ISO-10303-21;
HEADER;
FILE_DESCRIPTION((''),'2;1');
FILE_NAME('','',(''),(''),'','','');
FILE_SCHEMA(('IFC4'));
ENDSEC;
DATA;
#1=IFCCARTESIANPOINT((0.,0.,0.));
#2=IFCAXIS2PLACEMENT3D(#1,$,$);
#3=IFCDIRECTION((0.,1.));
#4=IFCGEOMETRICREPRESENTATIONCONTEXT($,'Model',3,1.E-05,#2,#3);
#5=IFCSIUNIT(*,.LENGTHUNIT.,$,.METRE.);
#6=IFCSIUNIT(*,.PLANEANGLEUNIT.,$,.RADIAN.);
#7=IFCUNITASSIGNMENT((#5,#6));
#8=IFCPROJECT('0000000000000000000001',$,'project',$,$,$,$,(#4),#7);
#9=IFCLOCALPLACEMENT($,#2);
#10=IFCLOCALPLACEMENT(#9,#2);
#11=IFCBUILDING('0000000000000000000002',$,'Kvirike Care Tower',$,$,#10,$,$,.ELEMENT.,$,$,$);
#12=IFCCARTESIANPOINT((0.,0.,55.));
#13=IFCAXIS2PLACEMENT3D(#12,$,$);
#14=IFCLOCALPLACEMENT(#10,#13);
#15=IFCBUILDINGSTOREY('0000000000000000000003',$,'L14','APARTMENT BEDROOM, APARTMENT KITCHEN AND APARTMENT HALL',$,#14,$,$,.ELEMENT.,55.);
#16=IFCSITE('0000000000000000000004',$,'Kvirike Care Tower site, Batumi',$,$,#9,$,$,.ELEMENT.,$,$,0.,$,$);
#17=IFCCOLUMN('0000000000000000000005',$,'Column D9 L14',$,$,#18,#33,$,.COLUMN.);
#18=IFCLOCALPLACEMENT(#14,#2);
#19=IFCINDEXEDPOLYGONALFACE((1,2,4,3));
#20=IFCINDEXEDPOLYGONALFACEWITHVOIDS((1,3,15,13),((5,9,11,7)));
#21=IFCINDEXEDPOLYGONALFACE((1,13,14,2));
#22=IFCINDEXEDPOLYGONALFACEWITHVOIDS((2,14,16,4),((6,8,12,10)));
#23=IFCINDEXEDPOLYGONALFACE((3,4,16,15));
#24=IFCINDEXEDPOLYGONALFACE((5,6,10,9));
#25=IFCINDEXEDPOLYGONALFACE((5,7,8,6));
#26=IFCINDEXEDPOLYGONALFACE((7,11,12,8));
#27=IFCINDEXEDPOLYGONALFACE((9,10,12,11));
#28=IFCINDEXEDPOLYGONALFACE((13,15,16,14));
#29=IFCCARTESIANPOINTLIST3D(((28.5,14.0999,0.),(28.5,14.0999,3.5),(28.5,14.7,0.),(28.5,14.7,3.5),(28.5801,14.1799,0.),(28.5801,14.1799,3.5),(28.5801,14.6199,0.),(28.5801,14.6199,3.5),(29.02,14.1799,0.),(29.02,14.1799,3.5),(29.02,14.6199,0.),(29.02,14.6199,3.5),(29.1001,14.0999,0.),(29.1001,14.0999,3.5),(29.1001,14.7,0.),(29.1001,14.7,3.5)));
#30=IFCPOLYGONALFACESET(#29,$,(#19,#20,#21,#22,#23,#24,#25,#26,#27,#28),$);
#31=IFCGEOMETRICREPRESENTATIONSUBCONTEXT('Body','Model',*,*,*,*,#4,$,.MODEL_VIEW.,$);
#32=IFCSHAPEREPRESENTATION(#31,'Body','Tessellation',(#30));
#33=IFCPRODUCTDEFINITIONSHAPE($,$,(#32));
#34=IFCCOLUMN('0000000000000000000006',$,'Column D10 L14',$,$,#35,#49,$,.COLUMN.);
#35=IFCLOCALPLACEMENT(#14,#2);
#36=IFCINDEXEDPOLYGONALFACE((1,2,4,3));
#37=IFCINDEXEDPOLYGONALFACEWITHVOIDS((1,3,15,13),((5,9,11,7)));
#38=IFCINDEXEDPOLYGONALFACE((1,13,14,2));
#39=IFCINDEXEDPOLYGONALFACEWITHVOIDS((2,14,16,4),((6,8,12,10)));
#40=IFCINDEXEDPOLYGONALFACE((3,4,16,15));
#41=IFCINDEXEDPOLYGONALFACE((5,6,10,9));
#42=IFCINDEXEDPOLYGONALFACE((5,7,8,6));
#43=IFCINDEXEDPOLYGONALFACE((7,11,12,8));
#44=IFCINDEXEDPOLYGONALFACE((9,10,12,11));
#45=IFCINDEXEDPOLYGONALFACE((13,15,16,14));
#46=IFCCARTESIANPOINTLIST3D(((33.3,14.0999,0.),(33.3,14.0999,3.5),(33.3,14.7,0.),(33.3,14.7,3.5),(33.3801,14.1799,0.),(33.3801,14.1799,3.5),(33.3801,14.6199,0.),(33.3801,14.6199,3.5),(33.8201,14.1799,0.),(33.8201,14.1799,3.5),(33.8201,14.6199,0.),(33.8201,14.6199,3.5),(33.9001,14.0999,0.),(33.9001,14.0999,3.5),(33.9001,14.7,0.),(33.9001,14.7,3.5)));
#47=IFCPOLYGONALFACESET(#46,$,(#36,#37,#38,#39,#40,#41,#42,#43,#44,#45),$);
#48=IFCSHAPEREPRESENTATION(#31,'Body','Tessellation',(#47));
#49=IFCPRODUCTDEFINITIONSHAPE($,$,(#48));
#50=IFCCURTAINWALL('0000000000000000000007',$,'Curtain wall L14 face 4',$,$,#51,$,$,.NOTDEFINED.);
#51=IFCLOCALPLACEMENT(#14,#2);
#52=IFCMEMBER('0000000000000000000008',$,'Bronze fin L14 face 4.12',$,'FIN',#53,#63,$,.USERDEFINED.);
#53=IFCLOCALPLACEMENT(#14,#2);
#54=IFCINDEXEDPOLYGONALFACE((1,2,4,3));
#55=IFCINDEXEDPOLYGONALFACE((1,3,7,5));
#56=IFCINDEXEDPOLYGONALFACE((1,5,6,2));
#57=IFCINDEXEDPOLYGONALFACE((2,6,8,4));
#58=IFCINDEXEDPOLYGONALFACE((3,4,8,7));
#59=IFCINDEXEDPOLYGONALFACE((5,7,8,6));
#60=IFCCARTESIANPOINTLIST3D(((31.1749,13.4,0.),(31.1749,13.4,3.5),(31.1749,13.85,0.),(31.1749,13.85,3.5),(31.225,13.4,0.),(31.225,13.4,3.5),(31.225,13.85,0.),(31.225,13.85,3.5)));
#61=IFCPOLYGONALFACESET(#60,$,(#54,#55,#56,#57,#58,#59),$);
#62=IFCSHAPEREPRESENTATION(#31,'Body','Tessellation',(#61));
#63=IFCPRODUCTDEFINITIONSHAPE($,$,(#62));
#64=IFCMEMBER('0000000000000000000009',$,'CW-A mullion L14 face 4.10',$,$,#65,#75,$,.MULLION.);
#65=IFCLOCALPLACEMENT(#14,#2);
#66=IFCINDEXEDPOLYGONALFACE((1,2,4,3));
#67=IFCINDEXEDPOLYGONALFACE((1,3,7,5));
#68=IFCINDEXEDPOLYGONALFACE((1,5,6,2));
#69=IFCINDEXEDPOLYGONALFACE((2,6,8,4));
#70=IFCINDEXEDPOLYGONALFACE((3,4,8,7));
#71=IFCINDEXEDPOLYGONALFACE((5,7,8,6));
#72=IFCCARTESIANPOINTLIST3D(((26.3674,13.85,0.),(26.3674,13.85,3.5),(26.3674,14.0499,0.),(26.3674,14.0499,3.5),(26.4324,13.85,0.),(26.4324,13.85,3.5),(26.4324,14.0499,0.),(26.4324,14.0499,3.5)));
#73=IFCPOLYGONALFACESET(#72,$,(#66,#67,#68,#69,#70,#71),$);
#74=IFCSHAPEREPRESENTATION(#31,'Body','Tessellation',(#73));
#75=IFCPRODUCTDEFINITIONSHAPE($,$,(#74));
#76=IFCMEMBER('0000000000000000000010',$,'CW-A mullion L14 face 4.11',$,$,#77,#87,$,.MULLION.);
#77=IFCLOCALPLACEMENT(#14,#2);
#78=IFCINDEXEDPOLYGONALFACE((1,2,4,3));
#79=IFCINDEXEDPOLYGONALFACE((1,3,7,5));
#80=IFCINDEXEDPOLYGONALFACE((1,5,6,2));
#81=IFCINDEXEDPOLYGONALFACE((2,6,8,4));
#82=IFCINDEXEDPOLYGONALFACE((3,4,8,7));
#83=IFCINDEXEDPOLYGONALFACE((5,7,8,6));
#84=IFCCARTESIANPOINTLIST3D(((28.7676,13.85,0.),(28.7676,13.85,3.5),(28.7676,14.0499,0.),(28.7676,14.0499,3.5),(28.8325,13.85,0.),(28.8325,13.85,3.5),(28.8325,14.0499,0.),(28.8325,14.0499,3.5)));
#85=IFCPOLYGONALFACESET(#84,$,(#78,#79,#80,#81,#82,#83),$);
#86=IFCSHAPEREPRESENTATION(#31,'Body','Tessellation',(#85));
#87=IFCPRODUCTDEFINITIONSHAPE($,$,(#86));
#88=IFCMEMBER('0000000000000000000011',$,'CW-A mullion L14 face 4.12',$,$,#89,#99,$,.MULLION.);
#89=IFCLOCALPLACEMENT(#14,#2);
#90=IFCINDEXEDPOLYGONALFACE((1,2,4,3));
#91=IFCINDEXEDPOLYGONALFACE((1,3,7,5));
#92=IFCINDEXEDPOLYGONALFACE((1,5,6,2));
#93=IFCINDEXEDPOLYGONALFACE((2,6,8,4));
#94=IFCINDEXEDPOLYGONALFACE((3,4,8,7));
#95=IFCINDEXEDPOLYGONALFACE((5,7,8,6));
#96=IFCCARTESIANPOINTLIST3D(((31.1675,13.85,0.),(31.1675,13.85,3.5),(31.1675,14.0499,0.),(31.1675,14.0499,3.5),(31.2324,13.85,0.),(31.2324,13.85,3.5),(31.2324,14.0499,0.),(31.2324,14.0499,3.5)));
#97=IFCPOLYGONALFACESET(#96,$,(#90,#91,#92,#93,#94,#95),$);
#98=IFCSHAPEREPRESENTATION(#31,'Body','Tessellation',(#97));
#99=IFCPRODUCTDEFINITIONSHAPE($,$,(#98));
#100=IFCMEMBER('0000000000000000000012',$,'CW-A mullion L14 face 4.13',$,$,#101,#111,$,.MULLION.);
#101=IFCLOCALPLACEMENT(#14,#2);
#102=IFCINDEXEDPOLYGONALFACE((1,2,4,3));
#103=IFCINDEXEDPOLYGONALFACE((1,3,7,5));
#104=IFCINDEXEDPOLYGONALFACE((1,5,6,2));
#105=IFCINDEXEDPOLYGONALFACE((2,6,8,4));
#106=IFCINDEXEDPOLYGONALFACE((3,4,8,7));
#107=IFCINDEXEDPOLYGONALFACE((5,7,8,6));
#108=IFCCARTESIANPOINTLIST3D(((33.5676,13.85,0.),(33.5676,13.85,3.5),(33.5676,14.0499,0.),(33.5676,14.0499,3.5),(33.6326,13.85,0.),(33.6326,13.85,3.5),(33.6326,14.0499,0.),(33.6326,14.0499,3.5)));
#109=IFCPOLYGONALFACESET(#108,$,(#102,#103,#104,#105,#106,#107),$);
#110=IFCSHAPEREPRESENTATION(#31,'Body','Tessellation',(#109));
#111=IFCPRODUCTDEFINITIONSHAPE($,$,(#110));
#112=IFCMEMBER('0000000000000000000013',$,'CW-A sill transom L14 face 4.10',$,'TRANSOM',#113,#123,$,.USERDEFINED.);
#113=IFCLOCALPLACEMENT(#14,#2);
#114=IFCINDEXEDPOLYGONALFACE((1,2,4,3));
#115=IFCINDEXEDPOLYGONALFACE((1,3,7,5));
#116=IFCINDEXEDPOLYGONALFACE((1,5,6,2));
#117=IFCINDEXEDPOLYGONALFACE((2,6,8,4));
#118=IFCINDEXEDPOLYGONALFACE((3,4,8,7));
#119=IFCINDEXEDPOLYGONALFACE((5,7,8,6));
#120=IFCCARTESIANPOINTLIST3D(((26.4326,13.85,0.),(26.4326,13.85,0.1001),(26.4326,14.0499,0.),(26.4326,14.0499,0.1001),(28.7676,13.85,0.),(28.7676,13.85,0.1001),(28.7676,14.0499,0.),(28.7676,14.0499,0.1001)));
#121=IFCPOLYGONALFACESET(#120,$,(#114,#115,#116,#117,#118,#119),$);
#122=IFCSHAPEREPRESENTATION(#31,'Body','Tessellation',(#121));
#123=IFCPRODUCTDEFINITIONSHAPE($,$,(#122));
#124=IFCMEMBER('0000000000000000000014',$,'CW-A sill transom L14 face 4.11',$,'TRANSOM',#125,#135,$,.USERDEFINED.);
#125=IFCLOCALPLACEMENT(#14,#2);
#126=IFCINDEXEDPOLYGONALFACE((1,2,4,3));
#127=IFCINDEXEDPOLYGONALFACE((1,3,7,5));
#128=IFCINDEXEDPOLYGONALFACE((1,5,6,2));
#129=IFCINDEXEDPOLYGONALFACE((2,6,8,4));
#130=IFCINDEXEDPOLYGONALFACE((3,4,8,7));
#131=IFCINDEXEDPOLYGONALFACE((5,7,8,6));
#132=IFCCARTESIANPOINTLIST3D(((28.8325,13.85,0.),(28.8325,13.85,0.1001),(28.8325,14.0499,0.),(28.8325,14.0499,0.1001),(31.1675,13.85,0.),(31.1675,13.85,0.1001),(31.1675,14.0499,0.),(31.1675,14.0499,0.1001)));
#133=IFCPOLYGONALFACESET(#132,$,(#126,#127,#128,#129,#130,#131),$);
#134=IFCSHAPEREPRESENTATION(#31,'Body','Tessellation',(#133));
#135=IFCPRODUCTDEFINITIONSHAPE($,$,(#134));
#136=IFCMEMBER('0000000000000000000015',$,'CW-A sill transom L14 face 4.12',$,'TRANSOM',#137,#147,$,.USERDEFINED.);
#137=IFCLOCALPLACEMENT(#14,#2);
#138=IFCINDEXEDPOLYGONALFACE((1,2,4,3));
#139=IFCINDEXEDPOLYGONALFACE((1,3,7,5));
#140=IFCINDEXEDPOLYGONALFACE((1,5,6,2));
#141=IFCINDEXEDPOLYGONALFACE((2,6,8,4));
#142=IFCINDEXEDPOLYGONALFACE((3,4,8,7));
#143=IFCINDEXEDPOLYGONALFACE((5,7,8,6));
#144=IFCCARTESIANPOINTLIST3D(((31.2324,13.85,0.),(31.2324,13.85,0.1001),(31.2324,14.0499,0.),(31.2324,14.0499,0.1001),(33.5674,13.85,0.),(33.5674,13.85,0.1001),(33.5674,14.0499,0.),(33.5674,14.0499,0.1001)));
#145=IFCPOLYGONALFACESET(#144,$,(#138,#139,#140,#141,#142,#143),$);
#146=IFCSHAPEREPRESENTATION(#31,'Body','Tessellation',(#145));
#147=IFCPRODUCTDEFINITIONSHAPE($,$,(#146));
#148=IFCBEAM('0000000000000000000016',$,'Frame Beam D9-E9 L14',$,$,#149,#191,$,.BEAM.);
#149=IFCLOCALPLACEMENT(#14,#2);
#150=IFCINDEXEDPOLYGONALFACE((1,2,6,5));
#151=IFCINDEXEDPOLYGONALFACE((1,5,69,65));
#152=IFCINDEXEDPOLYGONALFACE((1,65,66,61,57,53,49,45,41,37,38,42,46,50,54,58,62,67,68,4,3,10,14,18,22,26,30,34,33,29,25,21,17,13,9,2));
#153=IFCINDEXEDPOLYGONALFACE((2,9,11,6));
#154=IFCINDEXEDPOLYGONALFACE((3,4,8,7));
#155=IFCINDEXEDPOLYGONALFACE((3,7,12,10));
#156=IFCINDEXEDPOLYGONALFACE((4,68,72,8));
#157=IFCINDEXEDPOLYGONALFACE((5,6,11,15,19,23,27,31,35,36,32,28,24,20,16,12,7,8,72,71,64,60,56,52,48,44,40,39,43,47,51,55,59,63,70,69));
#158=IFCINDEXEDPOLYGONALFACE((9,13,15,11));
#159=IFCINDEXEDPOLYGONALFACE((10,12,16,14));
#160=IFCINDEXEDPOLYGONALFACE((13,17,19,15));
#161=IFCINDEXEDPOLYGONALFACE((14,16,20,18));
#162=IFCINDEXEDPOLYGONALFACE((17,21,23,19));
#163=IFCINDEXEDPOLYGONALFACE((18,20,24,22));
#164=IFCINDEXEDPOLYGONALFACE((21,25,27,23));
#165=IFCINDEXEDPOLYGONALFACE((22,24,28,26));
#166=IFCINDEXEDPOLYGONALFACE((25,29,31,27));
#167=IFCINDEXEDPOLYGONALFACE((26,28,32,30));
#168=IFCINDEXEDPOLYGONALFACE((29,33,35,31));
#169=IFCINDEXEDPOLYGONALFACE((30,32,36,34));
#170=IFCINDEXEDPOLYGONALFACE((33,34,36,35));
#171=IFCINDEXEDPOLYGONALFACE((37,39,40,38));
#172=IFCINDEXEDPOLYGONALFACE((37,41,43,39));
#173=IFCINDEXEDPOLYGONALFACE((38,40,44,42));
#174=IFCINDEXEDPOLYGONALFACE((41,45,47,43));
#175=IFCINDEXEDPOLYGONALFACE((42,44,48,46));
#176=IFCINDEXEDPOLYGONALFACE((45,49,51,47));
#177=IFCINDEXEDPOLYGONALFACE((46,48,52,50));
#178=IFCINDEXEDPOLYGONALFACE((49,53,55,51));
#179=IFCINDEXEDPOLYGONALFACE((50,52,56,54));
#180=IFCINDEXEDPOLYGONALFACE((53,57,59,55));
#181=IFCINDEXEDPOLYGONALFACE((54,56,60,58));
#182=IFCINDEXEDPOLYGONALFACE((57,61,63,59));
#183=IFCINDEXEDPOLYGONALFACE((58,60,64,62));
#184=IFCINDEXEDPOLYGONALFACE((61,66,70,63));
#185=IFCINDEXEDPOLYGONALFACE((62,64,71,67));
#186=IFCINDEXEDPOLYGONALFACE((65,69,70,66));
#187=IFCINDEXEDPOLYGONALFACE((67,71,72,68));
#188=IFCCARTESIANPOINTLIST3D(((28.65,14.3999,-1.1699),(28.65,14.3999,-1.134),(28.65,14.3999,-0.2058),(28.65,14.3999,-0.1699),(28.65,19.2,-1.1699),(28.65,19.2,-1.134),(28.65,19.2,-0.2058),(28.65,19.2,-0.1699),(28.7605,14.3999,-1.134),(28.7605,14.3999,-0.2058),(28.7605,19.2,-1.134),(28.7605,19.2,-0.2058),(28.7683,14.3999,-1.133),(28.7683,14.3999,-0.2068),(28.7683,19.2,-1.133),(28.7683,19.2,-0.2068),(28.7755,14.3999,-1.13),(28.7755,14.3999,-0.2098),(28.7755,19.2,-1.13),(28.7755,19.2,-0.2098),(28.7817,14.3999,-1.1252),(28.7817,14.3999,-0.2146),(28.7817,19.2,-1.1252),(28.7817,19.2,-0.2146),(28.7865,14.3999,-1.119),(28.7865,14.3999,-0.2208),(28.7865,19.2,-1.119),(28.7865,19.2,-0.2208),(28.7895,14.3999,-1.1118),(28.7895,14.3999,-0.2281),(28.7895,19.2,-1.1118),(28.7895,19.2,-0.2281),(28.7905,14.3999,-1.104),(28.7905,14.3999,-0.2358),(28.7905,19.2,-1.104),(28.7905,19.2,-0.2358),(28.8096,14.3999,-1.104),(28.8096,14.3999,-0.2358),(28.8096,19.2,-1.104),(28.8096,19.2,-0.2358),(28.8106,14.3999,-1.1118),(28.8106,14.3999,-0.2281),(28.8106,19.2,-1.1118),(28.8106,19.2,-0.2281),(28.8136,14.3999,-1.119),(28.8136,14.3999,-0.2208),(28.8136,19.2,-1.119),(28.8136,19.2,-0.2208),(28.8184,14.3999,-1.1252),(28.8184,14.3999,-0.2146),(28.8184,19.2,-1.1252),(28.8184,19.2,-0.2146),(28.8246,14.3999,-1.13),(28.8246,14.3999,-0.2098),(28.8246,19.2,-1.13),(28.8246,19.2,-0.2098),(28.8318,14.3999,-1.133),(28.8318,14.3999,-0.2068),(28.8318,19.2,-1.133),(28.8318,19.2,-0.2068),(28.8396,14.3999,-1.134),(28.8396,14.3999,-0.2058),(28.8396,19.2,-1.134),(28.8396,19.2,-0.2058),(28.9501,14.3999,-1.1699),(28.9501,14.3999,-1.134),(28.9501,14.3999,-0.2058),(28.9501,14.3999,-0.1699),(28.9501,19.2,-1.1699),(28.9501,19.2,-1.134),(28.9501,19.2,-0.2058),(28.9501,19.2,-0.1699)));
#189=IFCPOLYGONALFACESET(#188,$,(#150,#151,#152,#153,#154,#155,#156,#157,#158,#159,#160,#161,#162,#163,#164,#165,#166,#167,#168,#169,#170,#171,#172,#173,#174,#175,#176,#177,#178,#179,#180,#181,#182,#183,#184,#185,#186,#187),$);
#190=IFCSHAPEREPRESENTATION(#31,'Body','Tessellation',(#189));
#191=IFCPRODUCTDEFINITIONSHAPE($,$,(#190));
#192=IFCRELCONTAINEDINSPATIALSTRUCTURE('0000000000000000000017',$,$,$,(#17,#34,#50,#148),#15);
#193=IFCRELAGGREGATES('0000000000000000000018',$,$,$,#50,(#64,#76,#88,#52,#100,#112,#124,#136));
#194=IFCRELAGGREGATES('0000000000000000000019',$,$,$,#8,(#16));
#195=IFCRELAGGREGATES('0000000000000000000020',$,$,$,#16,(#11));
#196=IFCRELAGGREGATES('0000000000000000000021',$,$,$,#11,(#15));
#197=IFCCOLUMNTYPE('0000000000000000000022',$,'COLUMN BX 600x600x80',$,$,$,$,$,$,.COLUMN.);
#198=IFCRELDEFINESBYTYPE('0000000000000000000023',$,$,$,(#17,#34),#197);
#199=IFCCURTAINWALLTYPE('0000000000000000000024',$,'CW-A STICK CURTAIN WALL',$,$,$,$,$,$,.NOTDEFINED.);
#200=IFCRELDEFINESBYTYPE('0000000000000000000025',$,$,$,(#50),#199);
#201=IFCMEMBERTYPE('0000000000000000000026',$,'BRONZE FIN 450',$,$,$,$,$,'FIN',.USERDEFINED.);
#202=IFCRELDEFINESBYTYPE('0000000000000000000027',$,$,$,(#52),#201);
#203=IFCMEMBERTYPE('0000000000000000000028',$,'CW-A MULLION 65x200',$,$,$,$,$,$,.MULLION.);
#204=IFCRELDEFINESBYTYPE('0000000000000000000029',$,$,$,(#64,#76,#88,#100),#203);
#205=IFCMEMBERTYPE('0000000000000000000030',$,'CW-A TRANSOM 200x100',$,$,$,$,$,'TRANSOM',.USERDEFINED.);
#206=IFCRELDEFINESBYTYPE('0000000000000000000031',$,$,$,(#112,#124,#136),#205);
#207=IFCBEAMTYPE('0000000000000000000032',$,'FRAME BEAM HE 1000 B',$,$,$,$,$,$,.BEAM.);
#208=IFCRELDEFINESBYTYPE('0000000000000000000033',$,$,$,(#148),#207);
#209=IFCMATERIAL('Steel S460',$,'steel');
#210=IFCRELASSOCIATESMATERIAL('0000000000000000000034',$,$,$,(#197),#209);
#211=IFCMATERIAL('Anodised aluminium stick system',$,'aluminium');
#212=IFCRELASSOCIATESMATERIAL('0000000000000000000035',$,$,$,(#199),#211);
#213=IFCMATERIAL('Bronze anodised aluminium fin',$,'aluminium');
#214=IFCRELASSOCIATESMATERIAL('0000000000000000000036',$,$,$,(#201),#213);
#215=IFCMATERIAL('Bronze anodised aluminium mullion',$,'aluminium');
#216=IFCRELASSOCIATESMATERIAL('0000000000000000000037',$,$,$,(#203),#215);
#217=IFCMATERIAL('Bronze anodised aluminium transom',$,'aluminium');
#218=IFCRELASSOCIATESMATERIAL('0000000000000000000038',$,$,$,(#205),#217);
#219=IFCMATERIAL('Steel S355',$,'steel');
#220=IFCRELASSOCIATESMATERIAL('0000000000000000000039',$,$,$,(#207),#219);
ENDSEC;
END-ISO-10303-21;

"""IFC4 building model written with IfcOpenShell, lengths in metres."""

from ifc_helpers import new_model, si_unit, direction, frame, origin, origin_2d, place, context, subcontext, project, spatial, rectangle, hollow_rectangle, i_section, extrude, material, material_profile, profile_set, type_object, element, aggregate, save


model = new_model("IFC4")

# Units and contexts
model_context = context("Model", 3, precision=1e-05, world=origin(), true_north=direction((0.0, 1.0)))
body_context = subcontext(model_context, "Body", "Model", "MODEL_VIEW")
ifc_project = project(units=[si_unit("LENGTHUNIT", "METRE"), si_unit("PLANEANGLEUNIT", "RADIAN")], contexts=[model_context])

# Site, building, storey
site_placement = place(None, origin())
site = spatial("IfcSite", under=ifc_project, at=site_placement, Name="Kvirike Care Tower site, Batumi", CompositionType="ELEMENT", RefElevation=0.0)
building_placement = place(site_placement, origin())
building = spatial("IfcBuilding", under=site, at=building_placement, Name="Kvirike Care Tower", CompositionType="ELEMENT")
storey_placement = place(building_placement, frame((0.0, 0.0, 55.0)))
storey = spatial("IfcBuildingStorey", under=building, at=storey_placement, Name="L14", Description="APARTMENT BEDROOM, APARTMENT KITCHEN AND APARTMENT HALL", CompositionType="ELEMENT", Elevation=55.0)

# Columns
ifc_material_1 = material(Name="Steel S460", Category="steel")
ifc_material_profile_1 = material_profile(ifc_material_1, hollow_rectangle(XDim=0.6001, YDim=0.6001, WallThickness=0.0801, at=origin_2d()), Name="BX 600x600x80")
ifc_profile_set_1 = profile_set([ifc_material_profile_1], Name="Steel S460")
column_type = type_object("IfcColumnType", Name="COLUMN BX 600x600x80", PredefinedType="COLUMN", material=ifc_profile_set_1)
for number, where, z_axis, x_axis, name in (
    (1, (28.8, 14.3999, 0.0), (0.0, 0.0, 1.0), (0.0, 1.0, 0.0), "Column D9 L14"),
    (2, (33.6001, 14.3999, 0.0), (0.0, 0.0, 1.0), (0.0, 1.0, 0.0), "Column D10 L14"),
):
    element("IfcColumn", number, at=place(storey_placement, frame(where, z_axis=z_axis, x_axis=x_axis)), inside=storey, type_object=column_type, Name=name, PredefinedType="COLUMN", context=body_context, shape_type="SweptSolid", body=[
        extrude(hollow_rectangle(XDim=0.6001, YDim=0.6001, WallThickness=0.0801, at=origin_2d()), origin(), (0.0, 0.0, 1.0), 3.5),
    ])

# Curtain wall, members
ifc_material_2 = material(Name="Anodised aluminium stick system", Category="aluminium")
curtain_wall_type = type_object("IfcCurtainWallType", Name="CW-A STICK CURTAIN WALL", PredefinedType="NOTDEFINED", material=ifc_material_2)
curtain_wall_placement = place(storey_placement, origin())
curtain_wall = element("IfcCurtainWall", 3, at=curtain_wall_placement, inside=storey, type_object=curtain_wall_type, Name="Curtain wall L14 face 4", PredefinedType="NOTDEFINED")
ifc_material_3 = material(Name="Bronze anodised aluminium fin", Category="aluminium")
ifc_material_profile_2 = material_profile(ifc_material_3, rectangle(XDim=0.05, YDim=0.45, at=origin_2d()), Name="BRONZE FIN 450")
ifc_profile_set_2 = profile_set([ifc_material_profile_2], Name="Bronze anodised aluminium fin")
member_type_1 = type_object("IfcMemberType", Name="BRONZE FIN 450", ElementType="FIN", PredefinedType="USERDEFINED", material=ifc_profile_set_2)
member_1_placement = place(storey_placement, frame((31.2, 13.625, 0.0), z_axis=(0.0, 0.0, 1.0), x_axis=(1.0, 0.0, 0.0)))
member_1 = element("IfcMember", 4, at=member_1_placement, type_object=member_type_1, Name="Bronze fin L14 face 4.12", ObjectType="FIN", PredefinedType="USERDEFINED", context=body_context, shape_type="SweptSolid", body=[
    extrude(rectangle(XDim=0.05, YDim=0.45, at=origin_2d()), origin(), (0.0, 0.0, 1.0), 3.5),
])
ifc_material_4 = material(Name="Bronze anodised aluminium mullion", Category="aluminium")
ifc_material_profile_3 = material_profile(ifc_material_4, rectangle(XDim=0.0649, YDim=0.2, at=origin_2d()), Name="CW-A MULLION 65x200")
ifc_profile_set_3 = profile_set([ifc_material_profile_3], Name="Bronze anodised aluminium mullion")
member_type_2 = type_object("IfcMemberType", Name="CW-A MULLION 65x200", PredefinedType="MULLION", material=ifc_profile_set_3)
member_2_placement = place(storey_placement, frame((26.3999, 13.95, 0.0), z_axis=(0.0, 0.0, 1.0), x_axis=(1.0, 0.0, 0.0)))
member_2 = element("IfcMember", 5, at=member_2_placement, type_object=member_type_2, Name="CW-A mullion L14 face 4.10", PredefinedType="MULLION", context=body_context, shape_type="SweptSolid", body=[
    extrude(rectangle(XDim=0.0649, YDim=0.2, at=origin_2d()), origin(), (0.0, 0.0, 1.0), 3.5),
])
member_3_placement = place(storey_placement, frame((28.8, 13.95, 0.0), z_axis=(0.0, 0.0, 1.0), x_axis=(1.0, 0.0, 0.0)))
member_3 = element("IfcMember", 6, at=member_3_placement, type_object=member_type_2, Name="CW-A mullion L14 face 4.11", PredefinedType="MULLION", context=body_context, shape_type="SweptSolid", body=[
    extrude(rectangle(XDim=0.0649, YDim=0.2, at=origin_2d()), origin(), (0.0, 0.0, 1.0), 3.5),
])
member_4_placement = place(storey_placement, frame((31.2, 13.95, 0.0), z_axis=(0.0, 0.0, 1.0), x_axis=(1.0, 0.0, 0.0)))
member_4 = element("IfcMember", 7, at=member_4_placement, type_object=member_type_2, Name="CW-A mullion L14 face 4.12", PredefinedType="MULLION", context=body_context, shape_type="SweptSolid", body=[
    extrude(rectangle(XDim=0.0649, YDim=0.2, at=origin_2d()), origin(), (0.0, 0.0, 1.0), 3.5),
])
member_5_placement = place(storey_placement, frame((33.6001, 13.95, 0.0), z_axis=(0.0, 0.0, 1.0), x_axis=(1.0, 0.0, 0.0)))
member_5 = element("IfcMember", 8, at=member_5_placement, type_object=member_type_2, Name="CW-A mullion L14 face 4.13", PredefinedType="MULLION", context=body_context, shape_type="SweptSolid", body=[
    extrude(rectangle(XDim=0.0649, YDim=0.2, at=origin_2d()), origin(), (0.0, 0.0, 1.0), 3.5),
])
ifc_material_5 = material(Name="Bronze anodised aluminium transom", Category="aluminium")
ifc_material_profile_4 = material_profile(ifc_material_5, rectangle(XDim=0.2, YDim=0.1001, at=origin_2d()), Name="CW-A TRANSOM 200x100")
ifc_profile_set_4 = profile_set([ifc_material_profile_4], Name="Bronze anodised aluminium transom")
member_type_3 = type_object("IfcMemberType", Name="CW-A TRANSOM 200x100", ElementType="TRANSOM", PredefinedType="USERDEFINED", material=ifc_profile_set_4)
member_6_placement = place(storey_placement, frame((26.4326, 13.95, 0.05), z_axis=(1.0, 0.0, 0.0), x_axis=(0.0, 1.0, 0.0)))
member_6 = element("IfcMember", 9, at=member_6_placement, type_object=member_type_3, Name="CW-A sill transom L14 face 4.10", ObjectType="TRANSOM", PredefinedType="USERDEFINED", context=body_context, shape_type="SweptSolid", body=[
    extrude(rectangle(XDim=0.2, YDim=0.1001, at=origin_2d()), origin(), (0.0, 0.0, 1.0), 2.335),
])
member_7_placement = place(storey_placement, frame((28.8325, 13.95, 0.05), z_axis=(1.0, 0.0, 0.0), x_axis=(0.0, 1.0, 0.0)))
member_7 = element("IfcMember", 10, at=member_7_placement, type_object=member_type_3, Name="CW-A sill transom L14 face 4.11", ObjectType="TRANSOM", PredefinedType="USERDEFINED", context=body_context, shape_type="SweptSolid", body=[
    extrude(rectangle(XDim=0.2, YDim=0.1001, at=origin_2d()), origin(), (0.0, 0.0, 1.0), 2.335),
])
member_8_placement = place(storey_placement, frame((31.2324, 13.95, 0.05), z_axis=(1.0, 0.0, 0.0), x_axis=(0.0, 1.0, 0.0)))
member_8 = element("IfcMember", 11, at=member_8_placement, type_object=member_type_3, Name="CW-A sill transom L14 face 4.12", ObjectType="TRANSOM", PredefinedType="USERDEFINED", context=body_context, shape_type="SweptSolid", body=[
    extrude(rectangle(XDim=0.2, YDim=0.1001, at=origin_2d()), origin(), (0.0, 0.0, 1.0), 2.335),
])

# Beam
ifc_material_6 = material(Name="Steel S355", Category="steel")
ifc_material_profile_5 = material_profile(ifc_material_6, i_section(OverallWidth=0.3, OverallDepth=1.0, WebThickness=0.019, FlangeThickness=0.0359, FilletRadius=0.03, at=origin_2d()), Name="HE 1000 B")
ifc_profile_set_5 = profile_set([ifc_material_profile_5], Name="Steel S355")
beam_type_1 = type_object("IfcBeamType", Name="FRAME BEAM HE 1000 B", PredefinedType="BEAM", material=ifc_profile_set_5)
beam_1_placement = place(storey_placement, frame((28.8, 14.3999, -0.6699), z_axis=(0.0, 1.0, 0.0), x_axis=(-1.0, 0.0, 0.0)))
element("IfcBeam", 12, at=beam_1_placement, inside=storey, type_object=beam_type_1, Name="Frame Beam D9-E9 L14", PredefinedType="BEAM", context=body_context, shape_type="SweptSolid", body=[
    extrude(i_section(OverallWidth=0.3, OverallDepth=1.0, WebThickness=0.019, FlangeThickness=0.0359, FilletRadius=0.03, at=origin_2d()), origin(), (0.0, 0.0, 1.0), 4.8),
])

aggregate(curtain_wall, [member_2, member_3, member_4, member_1, member_5, member_6, member_7, member_8])

save(model, "model.ifc")
